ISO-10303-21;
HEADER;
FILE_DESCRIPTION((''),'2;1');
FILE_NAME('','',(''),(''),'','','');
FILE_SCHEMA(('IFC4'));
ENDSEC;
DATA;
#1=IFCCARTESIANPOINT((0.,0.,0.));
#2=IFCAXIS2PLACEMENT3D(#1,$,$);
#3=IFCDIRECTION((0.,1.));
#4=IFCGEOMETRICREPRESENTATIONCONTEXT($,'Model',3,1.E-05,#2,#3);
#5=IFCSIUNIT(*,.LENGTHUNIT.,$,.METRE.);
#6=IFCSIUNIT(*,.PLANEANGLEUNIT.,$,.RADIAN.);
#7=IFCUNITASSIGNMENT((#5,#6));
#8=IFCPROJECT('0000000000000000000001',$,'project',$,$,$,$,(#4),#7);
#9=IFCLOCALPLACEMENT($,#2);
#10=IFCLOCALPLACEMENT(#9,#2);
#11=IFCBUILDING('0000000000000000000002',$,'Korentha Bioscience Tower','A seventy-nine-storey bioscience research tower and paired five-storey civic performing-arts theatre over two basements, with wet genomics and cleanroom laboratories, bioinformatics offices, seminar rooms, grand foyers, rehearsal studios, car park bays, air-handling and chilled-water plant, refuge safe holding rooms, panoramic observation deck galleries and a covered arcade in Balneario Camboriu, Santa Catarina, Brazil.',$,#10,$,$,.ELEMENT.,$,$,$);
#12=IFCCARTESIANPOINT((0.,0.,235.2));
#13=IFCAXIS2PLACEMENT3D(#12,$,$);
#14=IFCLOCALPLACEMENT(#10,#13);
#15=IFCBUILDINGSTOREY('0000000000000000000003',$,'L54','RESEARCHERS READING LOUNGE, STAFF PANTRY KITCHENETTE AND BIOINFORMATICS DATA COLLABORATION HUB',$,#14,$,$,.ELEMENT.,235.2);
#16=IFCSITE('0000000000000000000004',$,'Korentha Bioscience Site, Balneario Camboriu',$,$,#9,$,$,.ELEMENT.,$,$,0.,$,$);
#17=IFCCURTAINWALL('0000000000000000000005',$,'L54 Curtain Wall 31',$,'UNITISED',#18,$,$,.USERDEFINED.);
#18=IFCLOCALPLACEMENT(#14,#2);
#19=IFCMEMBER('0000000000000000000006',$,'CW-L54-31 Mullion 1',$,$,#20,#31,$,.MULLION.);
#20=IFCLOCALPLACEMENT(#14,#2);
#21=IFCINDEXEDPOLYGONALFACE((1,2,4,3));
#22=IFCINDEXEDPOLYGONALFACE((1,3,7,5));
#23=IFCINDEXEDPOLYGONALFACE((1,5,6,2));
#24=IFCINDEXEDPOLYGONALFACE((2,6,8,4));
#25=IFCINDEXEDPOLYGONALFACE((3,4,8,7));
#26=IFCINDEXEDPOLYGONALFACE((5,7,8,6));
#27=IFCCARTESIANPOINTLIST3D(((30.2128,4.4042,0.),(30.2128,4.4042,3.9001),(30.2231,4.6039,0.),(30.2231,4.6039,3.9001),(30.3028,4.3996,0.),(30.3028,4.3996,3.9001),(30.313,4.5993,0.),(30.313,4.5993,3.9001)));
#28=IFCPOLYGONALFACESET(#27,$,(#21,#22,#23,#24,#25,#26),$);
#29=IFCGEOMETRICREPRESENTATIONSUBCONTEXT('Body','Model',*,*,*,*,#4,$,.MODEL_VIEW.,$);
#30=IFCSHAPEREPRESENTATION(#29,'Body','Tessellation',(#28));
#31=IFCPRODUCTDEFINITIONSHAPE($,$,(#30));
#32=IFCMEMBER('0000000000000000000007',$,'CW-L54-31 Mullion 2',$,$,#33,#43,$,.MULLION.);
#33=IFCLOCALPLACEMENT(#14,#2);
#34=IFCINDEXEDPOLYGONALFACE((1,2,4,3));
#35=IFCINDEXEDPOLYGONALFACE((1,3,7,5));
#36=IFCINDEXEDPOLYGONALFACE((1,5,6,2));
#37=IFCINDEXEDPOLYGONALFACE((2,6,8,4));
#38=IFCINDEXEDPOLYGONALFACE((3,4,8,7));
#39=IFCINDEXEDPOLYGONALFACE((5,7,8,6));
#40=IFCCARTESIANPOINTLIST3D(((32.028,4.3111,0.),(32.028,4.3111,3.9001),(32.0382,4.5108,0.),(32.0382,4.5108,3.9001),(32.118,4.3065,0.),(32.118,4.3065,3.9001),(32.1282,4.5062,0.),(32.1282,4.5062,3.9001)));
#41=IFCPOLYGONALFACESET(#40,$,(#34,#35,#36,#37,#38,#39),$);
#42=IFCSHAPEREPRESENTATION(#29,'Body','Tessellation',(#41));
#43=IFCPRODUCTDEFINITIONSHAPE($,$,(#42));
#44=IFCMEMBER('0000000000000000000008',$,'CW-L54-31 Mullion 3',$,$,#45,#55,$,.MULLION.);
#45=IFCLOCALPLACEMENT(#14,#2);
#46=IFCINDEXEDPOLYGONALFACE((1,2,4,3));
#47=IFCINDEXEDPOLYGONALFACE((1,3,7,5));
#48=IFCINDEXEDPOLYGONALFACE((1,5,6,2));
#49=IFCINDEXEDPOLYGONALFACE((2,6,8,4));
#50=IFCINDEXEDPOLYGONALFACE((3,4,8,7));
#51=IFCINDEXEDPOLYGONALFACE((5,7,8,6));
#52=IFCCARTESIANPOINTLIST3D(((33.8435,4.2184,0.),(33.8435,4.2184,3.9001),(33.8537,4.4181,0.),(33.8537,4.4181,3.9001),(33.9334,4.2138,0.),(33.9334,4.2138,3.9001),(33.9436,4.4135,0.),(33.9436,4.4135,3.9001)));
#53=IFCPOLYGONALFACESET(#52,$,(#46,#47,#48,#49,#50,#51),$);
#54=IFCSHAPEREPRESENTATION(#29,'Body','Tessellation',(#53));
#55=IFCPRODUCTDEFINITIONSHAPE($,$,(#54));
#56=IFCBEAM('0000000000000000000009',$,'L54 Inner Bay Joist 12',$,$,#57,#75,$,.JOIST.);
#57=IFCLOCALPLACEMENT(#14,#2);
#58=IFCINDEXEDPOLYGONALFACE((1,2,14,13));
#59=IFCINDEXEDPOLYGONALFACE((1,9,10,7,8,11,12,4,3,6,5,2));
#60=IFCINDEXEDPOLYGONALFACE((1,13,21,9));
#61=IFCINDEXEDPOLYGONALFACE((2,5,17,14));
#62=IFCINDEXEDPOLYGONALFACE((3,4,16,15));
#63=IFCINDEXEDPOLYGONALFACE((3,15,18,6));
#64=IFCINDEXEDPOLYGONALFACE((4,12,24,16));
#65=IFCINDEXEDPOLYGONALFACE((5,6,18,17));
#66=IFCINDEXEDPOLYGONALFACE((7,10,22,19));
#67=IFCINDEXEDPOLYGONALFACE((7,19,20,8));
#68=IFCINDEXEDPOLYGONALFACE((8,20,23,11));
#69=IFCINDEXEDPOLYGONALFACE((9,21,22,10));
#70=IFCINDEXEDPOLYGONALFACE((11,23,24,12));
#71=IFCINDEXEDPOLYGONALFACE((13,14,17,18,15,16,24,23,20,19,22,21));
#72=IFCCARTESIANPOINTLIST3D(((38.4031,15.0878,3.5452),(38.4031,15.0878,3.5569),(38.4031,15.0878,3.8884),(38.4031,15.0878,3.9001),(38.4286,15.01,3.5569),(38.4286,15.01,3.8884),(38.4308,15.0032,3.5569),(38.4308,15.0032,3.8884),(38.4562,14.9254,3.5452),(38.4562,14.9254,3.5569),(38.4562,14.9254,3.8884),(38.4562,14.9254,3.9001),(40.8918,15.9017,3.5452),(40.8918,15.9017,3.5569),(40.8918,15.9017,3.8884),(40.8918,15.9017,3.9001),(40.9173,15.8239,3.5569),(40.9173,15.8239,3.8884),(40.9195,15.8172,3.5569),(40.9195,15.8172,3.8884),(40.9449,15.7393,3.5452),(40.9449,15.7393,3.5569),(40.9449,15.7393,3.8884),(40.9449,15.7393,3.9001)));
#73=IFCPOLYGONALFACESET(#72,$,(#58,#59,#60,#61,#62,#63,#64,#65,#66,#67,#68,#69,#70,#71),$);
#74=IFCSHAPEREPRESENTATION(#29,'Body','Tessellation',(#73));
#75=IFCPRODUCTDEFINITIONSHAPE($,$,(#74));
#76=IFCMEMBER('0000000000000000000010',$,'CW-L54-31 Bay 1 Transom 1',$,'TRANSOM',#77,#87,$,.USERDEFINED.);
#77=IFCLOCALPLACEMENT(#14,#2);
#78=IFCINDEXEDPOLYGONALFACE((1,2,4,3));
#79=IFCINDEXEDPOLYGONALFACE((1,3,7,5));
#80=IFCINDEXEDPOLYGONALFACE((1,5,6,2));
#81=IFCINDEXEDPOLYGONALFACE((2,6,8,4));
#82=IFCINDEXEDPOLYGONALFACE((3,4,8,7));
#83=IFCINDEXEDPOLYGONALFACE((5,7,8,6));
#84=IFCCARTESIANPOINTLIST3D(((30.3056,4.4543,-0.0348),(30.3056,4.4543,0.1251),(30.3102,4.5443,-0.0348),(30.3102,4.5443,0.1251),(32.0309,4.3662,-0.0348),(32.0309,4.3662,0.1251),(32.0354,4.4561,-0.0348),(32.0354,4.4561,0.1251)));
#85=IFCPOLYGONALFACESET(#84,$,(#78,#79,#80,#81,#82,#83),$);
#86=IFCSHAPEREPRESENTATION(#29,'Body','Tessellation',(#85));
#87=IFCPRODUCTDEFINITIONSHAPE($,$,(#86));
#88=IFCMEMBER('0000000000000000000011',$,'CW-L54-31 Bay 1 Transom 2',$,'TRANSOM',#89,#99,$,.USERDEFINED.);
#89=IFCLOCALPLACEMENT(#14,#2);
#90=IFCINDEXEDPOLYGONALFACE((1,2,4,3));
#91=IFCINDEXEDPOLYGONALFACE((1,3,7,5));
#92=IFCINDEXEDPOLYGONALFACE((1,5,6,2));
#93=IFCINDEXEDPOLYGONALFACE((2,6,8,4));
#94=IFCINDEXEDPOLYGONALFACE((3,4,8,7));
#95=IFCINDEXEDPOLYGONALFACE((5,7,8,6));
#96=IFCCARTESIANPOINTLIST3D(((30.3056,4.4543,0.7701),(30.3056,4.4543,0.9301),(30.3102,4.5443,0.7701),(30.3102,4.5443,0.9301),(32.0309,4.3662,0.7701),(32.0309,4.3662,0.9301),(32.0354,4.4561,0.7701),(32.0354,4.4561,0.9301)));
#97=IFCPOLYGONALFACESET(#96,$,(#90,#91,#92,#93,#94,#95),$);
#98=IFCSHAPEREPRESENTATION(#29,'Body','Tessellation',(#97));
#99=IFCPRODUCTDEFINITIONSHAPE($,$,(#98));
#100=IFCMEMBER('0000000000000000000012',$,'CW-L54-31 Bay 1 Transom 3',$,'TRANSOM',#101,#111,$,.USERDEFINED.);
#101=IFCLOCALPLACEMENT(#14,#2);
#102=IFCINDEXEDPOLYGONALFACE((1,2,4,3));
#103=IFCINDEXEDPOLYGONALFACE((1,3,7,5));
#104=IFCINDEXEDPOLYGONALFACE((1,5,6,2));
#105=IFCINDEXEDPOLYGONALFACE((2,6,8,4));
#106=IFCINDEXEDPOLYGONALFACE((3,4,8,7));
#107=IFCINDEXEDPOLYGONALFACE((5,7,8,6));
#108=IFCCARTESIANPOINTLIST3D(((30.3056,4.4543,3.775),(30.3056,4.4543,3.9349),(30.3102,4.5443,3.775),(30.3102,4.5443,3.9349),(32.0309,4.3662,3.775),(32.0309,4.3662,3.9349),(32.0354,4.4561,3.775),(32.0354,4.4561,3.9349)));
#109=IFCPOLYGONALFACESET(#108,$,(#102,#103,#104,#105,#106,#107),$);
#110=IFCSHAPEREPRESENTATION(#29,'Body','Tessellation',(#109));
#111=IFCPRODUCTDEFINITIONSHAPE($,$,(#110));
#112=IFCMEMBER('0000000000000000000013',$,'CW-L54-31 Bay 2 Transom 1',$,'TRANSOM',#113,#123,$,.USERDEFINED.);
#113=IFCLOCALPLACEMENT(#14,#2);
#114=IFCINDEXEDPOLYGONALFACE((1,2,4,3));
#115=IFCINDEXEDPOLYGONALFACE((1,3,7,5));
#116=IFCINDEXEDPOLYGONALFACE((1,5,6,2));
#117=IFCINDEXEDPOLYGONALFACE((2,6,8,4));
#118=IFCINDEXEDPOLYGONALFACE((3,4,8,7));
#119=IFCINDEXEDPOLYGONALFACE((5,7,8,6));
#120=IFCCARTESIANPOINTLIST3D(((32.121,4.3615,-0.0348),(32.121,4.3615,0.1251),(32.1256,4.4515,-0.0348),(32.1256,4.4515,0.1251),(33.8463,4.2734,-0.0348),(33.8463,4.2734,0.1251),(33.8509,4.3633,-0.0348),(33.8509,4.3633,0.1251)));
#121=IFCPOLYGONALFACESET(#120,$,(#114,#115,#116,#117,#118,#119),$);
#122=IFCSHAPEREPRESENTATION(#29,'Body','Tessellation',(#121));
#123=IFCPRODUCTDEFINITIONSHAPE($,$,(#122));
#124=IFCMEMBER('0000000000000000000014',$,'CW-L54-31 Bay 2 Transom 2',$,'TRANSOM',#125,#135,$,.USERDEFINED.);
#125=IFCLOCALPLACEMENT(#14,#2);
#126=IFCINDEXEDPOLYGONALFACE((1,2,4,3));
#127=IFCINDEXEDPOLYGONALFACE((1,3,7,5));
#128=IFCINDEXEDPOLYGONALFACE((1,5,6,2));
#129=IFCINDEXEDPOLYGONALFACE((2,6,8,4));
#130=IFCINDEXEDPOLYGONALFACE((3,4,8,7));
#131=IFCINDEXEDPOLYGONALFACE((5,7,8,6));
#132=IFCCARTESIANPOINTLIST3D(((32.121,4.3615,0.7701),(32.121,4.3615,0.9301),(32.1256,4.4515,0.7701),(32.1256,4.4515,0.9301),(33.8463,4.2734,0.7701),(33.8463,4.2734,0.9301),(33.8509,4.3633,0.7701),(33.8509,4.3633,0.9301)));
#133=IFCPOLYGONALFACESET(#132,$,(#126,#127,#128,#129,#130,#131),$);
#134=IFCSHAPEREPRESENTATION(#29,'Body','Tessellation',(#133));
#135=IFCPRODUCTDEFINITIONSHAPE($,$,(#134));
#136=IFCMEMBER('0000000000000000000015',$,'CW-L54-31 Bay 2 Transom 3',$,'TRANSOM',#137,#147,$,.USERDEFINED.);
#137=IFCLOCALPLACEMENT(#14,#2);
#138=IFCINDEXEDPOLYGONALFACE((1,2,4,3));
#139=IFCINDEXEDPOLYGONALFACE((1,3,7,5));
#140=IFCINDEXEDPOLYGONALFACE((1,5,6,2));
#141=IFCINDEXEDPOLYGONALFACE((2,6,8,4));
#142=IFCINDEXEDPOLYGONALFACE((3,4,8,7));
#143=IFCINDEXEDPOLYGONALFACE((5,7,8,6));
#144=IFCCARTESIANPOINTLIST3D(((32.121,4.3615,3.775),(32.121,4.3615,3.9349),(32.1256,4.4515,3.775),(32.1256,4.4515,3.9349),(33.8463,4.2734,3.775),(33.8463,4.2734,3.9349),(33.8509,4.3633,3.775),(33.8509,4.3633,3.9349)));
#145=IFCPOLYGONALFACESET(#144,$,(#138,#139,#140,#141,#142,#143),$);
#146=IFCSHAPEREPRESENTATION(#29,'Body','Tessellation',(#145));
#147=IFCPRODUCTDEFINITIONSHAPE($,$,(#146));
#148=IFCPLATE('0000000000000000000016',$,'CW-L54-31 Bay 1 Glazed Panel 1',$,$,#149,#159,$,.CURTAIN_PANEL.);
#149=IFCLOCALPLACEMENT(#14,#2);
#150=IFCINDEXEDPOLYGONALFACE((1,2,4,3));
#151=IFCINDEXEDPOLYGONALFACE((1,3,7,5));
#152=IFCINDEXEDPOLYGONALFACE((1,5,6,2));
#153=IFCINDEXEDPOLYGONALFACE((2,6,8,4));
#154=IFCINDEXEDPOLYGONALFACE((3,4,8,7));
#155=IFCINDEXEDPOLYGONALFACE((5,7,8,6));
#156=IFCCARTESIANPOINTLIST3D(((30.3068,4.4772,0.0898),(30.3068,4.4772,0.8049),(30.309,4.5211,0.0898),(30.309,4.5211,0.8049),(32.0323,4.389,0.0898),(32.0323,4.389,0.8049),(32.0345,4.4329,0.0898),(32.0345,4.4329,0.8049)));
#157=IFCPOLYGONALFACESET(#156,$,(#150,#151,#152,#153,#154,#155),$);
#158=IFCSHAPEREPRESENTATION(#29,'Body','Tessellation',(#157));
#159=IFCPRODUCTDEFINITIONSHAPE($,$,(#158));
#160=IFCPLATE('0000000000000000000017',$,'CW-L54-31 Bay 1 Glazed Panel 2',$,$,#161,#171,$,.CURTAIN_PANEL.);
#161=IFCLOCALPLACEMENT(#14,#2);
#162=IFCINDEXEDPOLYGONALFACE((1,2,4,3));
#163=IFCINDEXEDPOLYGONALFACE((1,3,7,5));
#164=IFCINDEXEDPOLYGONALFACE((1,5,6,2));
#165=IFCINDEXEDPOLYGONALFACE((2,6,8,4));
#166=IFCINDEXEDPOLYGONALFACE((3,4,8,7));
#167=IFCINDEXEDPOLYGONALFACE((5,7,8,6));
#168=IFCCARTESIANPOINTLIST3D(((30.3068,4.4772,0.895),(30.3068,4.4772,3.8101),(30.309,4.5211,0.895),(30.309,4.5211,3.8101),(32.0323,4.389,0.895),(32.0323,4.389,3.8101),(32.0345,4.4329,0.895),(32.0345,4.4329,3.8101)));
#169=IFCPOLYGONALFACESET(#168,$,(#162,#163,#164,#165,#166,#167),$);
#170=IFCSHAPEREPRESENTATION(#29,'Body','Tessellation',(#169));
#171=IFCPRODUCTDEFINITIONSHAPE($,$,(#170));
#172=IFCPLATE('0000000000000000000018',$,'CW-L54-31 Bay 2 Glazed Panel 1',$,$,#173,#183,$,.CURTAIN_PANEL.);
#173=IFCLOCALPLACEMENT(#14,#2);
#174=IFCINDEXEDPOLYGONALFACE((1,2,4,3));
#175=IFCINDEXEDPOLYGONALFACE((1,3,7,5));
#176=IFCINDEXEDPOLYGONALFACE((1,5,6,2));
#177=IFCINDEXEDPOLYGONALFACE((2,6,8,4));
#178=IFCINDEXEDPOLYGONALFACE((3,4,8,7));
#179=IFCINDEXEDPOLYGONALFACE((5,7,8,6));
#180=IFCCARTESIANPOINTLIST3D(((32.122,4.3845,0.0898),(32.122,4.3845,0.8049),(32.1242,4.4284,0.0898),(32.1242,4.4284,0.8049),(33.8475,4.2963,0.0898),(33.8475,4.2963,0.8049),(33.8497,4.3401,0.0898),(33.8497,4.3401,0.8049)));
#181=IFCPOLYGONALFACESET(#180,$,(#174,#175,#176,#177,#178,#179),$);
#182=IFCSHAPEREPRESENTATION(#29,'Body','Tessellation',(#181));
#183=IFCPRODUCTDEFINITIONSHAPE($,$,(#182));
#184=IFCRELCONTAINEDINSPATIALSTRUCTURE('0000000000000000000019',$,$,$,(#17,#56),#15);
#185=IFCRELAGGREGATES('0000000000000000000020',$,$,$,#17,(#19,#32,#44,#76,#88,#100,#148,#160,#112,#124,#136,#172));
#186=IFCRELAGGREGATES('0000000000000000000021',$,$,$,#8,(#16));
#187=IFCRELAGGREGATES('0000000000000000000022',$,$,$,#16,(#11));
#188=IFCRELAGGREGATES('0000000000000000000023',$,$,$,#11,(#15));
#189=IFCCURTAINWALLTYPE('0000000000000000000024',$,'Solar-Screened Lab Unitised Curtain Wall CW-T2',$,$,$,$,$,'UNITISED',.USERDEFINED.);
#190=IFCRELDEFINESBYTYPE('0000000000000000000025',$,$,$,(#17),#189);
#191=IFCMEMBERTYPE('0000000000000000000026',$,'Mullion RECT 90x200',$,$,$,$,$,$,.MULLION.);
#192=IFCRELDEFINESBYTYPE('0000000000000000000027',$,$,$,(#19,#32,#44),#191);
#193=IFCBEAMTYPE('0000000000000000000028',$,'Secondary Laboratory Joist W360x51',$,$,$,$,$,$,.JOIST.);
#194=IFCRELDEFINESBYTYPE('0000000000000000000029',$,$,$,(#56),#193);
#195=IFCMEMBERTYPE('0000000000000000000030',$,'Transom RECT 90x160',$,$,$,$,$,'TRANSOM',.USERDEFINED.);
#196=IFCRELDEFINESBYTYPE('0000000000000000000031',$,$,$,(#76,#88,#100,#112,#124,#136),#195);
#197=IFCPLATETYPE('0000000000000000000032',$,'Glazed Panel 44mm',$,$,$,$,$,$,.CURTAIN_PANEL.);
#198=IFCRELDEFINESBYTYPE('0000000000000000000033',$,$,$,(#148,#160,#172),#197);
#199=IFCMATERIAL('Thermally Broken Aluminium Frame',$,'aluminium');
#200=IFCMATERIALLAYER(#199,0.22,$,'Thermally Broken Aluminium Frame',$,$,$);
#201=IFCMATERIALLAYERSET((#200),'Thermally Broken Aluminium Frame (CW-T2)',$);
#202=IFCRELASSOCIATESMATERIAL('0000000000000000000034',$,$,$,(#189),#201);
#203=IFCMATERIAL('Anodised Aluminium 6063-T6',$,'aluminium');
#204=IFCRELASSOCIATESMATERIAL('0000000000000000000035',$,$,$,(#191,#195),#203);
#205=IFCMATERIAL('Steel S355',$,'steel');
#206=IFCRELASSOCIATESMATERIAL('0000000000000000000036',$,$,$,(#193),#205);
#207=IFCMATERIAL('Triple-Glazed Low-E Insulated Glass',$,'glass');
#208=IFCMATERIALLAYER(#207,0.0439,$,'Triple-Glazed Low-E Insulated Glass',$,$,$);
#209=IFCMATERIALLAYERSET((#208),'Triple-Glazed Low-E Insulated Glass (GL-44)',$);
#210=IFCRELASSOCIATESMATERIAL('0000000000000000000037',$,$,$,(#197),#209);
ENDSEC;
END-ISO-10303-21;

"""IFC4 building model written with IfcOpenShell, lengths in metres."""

from ifc_helpers import new_model, si_unit, direction, frame, origin, origin_2d, place, context, subcontext, project, spatial, rectangle, i_section, extrude, material, layer, layer_set, material_profile, profile_set, type_object, element, aggregate, save


model = new_model("IFC4")

# Units and contexts
model_context = context("Model", 3, precision=1e-05, world=origin(), true_north=direction((0.0, 1.0)))
body_context = subcontext(model_context, "Body", "Model", "MODEL_VIEW")
ifc_project = project(units=[si_unit("LENGTHUNIT", "METRE"), si_unit("PLANEANGLEUNIT", "RADIAN")], contexts=[model_context])

# Site, building, storey
site_placement = place(None, origin())
site = spatial("IfcSite", under=ifc_project, at=site_placement, Name="Korentha Bioscience Site, Balneario Camboriu", CompositionType="ELEMENT", RefElevation=0.0)
building_placement = place(site_placement, origin())
building = spatial("IfcBuilding", under=site, at=building_placement, Name="Korentha Bioscience Tower", Description="A seventy-nine-storey bioscience research tower and paired five-storey civic performing-arts theatre over two basements, with wet genomics and cleanroom laboratories, bioinformatics offices, seminar rooms, grand foyers, rehearsal studios, car park bays, air-handling and chilled-water plant, refuge safe holding rooms, panoramic observation deck galleries and a covered arcade in Balneario Camboriu, Santa Catarina, Brazil.", CompositionType="ELEMENT")
storey_placement = place(building_placement, frame((0.0, 0.0, 235.2)))
storey = spatial("IfcBuildingStorey", under=building, at=storey_placement, Name="L54", Description="RESEARCHERS READING LOUNGE, STAFF PANTRY KITCHENETTE AND BIOINFORMATICS DATA COLLABORATION HUB", CompositionType="ELEMENT", Elevation=235.2)

# Curtain wall, members
ifc_material_1 = material(Name="Thermally Broken Aluminium Frame", Category="aluminium")
ifc_layer_1 = layer(ifc_material_1, 0.22, Name="Thermally Broken Aluminium Frame")
ifc_layer_set_1 = layer_set([ifc_layer_1], Name="Thermally Broken Aluminium Frame (CW-T2)")
curtain_wall_type = type_object("IfcCurtainWallType", Name="Solar-Screened Lab Unitised Curtain Wall CW-T2", ElementType="UNITISED", PredefinedType="USERDEFINED", material=ifc_layer_set_1)
curtain_wall_placement = place(storey_placement, origin())
curtain_wall = element("IfcCurtainWall", 1, at=curtain_wall_placement, inside=storey, type_object=curtain_wall_type, Name="L54 Curtain Wall 31", ObjectType="UNITISED", PredefinedType="USERDEFINED")
ifc_material_2 = material(Name="Anodised Aluminium 6063-T6", Category="aluminium")
ifc_material_profile_1 = material_profile(ifc_material_2, rectangle(XDim=0.0901, YDim=0.2, at=origin_2d()), Name="Anodised Aluminium 6063-T6")
ifc_profile_set_1 = profile_set([ifc_material_profile_1], Name="Anodised Aluminium 6063-T6 (CW-MUL)")
member_type_1 = type_object("IfcMemberType", Name="Mullion RECT 90x200", PredefinedType="MULLION", material=ifc_profile_set_1)
member_1_placement = place(storey_placement, frame((30.2629, 4.5017, 0.0), z_axis=(0.0, 0.0, 1.0), x_axis=(0.998696, -0.051055, 0.0)))
member_1 = element("IfcMember", 2, at=member_1_placement, type_object=member_type_1, Name="CW-L54-31 Mullion 1", PredefinedType="MULLION", context=body_context, shape_type="SweptSolid", body=[
    extrude(rectangle(XDim=0.0901, YDim=0.2, at=origin_2d()), origin(), (0.0, 0.0, 1.0), 3.9001),
])
member_2_placement = place(storey_placement, frame((32.0781, 4.4087, 0.0), z_axis=(0.0, 0.0, 1.0), x_axis=(0.998696, -0.051055, 0.0)))
member_2 = element("IfcMember", 3, at=member_2_placement, type_object=member_type_1, Name="CW-L54-31 Mullion 2", PredefinedType="MULLION", context=body_context, shape_type="SweptSolid", body=[
    extrude(rectangle(XDim=0.0901, YDim=0.2, at=origin_2d()), origin(), (0.0, 0.0, 1.0), 3.9001),
])
member_3_placement = place(storey_placement, frame((33.8936, 4.3159, 0.0), z_axis=(0.0, 0.0, 1.0), x_axis=(0.998696, -0.051055, 0.0)))
member_3 = element("IfcMember", 4, at=member_3_placement, type_object=member_type_1, Name="CW-L54-31 Mullion 3", PredefinedType="MULLION", context=body_context, shape_type="SweptSolid", body=[
    extrude(rectangle(XDim=0.0901, YDim=0.2, at=origin_2d()), origin(), (0.0, 0.0, 1.0), 3.9001),
])

# Beam
ifc_material_3 = material(Name="Steel S355", Category="steel")
ifc_material_profile_2 = material_profile(ifc_material_3, i_section(OverallWidth=0.1709, OverallDepth=0.355, WebThickness=0.0071, FlangeThickness=0.0117, at=origin_2d()), Name="Steel S355")
ifc_profile_set_2 = profile_set([ifc_material_profile_2], Name="Steel S355 (JB-360)")
beam_type = type_object("IfcBeamType", Name="Secondary Laboratory Joist W360x51", PredefinedType="JOIST", material=ifc_profile_set_2)
beam_placement = place(storey_placement, frame((38.4297, 15.0066, 3.7227), z_axis=(0.950458, 0.310852, 0.0), x_axis=(-0.310852, 0.950458, 0.0)))
element("IfcBeam", 5, at=beam_placement, inside=storey, type_object=beam_type, Name="L54 Inner Bay Joist 12", PredefinedType="JOIST", context=body_context, shape_type="SweptSolid", body=[
    extrude(i_section(OverallWidth=0.1709, OverallDepth=0.355, WebThickness=0.0071, FlangeThickness=0.0117, at=origin_2d()), origin(), (0.0, 0.0, 1.0), 2.6184),
])

# Members
ifc_material_profile_3 = material_profile(ifc_material_2, rectangle(XDim=0.0901, YDim=0.1599, at=origin_2d()), Name="Anodised Aluminium 6063-T6")
ifc_profile_set_3 = profile_set([ifc_material_profile_3], Name="Anodised Aluminium 6063-T6 (CW-TRN)")
member_type_2 = type_object("IfcMemberType", Name="Transom RECT 90x160", ElementType="TRANSOM", PredefinedType="USERDEFINED", material=ifc_profile_set_3)
member_4_placement = place(storey_placement, frame((30.3079, 4.4993, 0.0452), z_axis=(0.998698, -0.051016, 0.0), x_axis=(0.051016, 0.998698, 0.0)))
member_4 = element("IfcMember", 6, at=member_4_placement, type_object=member_type_2, Name="CW-L54-31 Bay 1 Transom 1", ObjectType="TRANSOM", PredefinedType="USERDEFINED", context=body_context, shape_type="SweptSolid", body=[
    extrude(rectangle(XDim=0.0901, YDim=0.1599, at=origin_2d()), origin(), (0.0, 0.0, 1.0), 1.7275),
])
member_5_placement = place(storey_placement, frame((30.3079, 4.4993, 0.8501), z_axis=(0.998698, -0.051016, 0.0), x_axis=(0.051016, 0.998698, 0.0)))
member_5 = element("IfcMember", 7, at=member_5_placement, type_object=member_type_2, Name="CW-L54-31 Bay 1 Transom 2", ObjectType="TRANSOM", PredefinedType="USERDEFINED", context=body_context, shape_type="SweptSolid", body=[
    extrude(rectangle(XDim=0.0901, YDim=0.1599, at=origin_2d()), origin(), (0.0, 0.0, 1.0), 1.7275),
])
member_6_placement = place(storey_placement, frame((30.3079, 4.4993, 3.855), z_axis=(0.998698, -0.051016, 0.0), x_axis=(0.051016, 0.998698, 0.0)))
member_6 = element("IfcMember", 8, at=member_6_placement, type_object=member_type_2, Name="CW-L54-31 Bay 1 Transom 3", ObjectType="TRANSOM", PredefinedType="USERDEFINED", context=body_context, shape_type="SweptSolid", body=[
    extrude(rectangle(XDim=0.0901, YDim=0.1599, at=origin_2d()), origin(), (0.0, 0.0, 1.0), 1.7275),
])
member_7_placement = place(storey_placement, frame((32.1233, 4.4065, 0.0452), z_axis=(0.998698, -0.051016, 0.0), x_axis=(0.051016, 0.998698, 0.0)))
member_7 = element("IfcMember", 9, at=member_7_placement, type_object=member_type_2, Name="CW-L54-31 Bay 2 Transom 1", ObjectType="TRANSOM", PredefinedType="USERDEFINED", context=body_context, shape_type="SweptSolid", body=[
    extrude(rectangle(XDim=0.0901, YDim=0.1599, at=origin_2d()), origin(), (0.0, 0.0, 1.0), 1.7275),
])
member_8_placement = place(storey_placement, frame((32.1233, 4.4065, 0.8501), z_axis=(0.998698, -0.051016, 0.0), x_axis=(0.051016, 0.998698, 0.0)))
member_8 = element("IfcMember", 10, at=member_8_placement, type_object=member_type_2, Name="CW-L54-31 Bay 2 Transom 2", ObjectType="TRANSOM", PredefinedType="USERDEFINED", context=body_context, shape_type="SweptSolid", body=[
    extrude(rectangle(XDim=0.0901, YDim=0.1599, at=origin_2d()), origin(), (0.0, 0.0, 1.0), 1.7275),
])
member_9_placement = place(storey_placement, frame((32.1233, 4.4065, 3.855), z_axis=(0.998698, -0.051016, 0.0), x_axis=(0.051016, 0.998698, 0.0)))
member_9 = element("IfcMember", 11, at=member_9_placement, type_object=member_type_2, Name="CW-L54-31 Bay 2 Transom 3", ObjectType="TRANSOM", PredefinedType="USERDEFINED", context=body_context, shape_type="SweptSolid", body=[
    extrude(rectangle(XDim=0.0901, YDim=0.1599, at=origin_2d()), origin(), (0.0, 0.0, 1.0), 1.7275),
])

# Plates
ifc_material_4 = material(Name="Triple-Glazed Low-E Insulated Glass", Category="glass")
ifc_layer_2 = layer(ifc_material_4, 0.0439, Name="Triple-Glazed Low-E Insulated Glass")
ifc_layer_set_2 = layer_set([ifc_layer_2], Name="Triple-Glazed Low-E Insulated Glass (GL-44)")
plate_type = type_object("IfcPlateType", Name="Glazed Panel 44mm", PredefinedType="CURTAIN_PANEL", material=ifc_layer_set_2)
plate_1_placement = place(storey_placement, frame((31.1707, 4.4551, 0.0898), z_axis=(0.0, 0.0, 1.0), x_axis=(0.998696, -0.051055, 0.0)))
plate_1 = element("IfcPlate", 12, at=plate_1_placement, type_object=plate_type, Name="CW-L54-31 Bay 1 Glazed Panel 1", PredefinedType="CURTAIN_PANEL", context=body_context, shape_type="SweptSolid", body=[
    extrude(rectangle(XDim=1.7278, YDim=0.0439, at=origin_2d()), origin(), (0.0, 0.0, 1.0), 0.7151),
])
plate_2_placement = place(storey_placement, frame((31.1707, 4.4551, 0.895), z_axis=(0.0, 0.0, 1.0), x_axis=(0.998696, -0.051055, 0.0)))
plate_2 = element("IfcPlate", 13, at=plate_2_placement, type_object=plate_type, Name="CW-L54-31 Bay 1 Glazed Panel 2", PredefinedType="CURTAIN_PANEL", context=body_context, shape_type="SweptSolid", body=[
    extrude(rectangle(XDim=1.7278, YDim=0.0439, at=origin_2d()), origin(), (0.0, 0.0, 1.0), 2.915),
])
plate_3_placement = place(storey_placement, frame((32.9858, 4.3623, 0.0898), z_axis=(0.0, 0.0, 1.0), x_axis=(0.998696, -0.051055, 0.0)))
plate_3 = element("IfcPlate", 14, at=plate_3_placement, type_object=plate_type, Name="CW-L54-31 Bay 2 Glazed Panel 1", PredefinedType="CURTAIN_PANEL", context=body_context, shape_type="SweptSolid", body=[
    extrude(rectangle(XDim=1.7278, YDim=0.0439, at=origin_2d()), origin(), (0.0, 0.0, 1.0), 0.7151),
])
aggregate(curtain_wall, [member_1, member_2, member_3, member_4, member_5, member_6, plate_1, plate_2, member_7, member_8, member_9, plate_3])

save(model, "model.ifc")
